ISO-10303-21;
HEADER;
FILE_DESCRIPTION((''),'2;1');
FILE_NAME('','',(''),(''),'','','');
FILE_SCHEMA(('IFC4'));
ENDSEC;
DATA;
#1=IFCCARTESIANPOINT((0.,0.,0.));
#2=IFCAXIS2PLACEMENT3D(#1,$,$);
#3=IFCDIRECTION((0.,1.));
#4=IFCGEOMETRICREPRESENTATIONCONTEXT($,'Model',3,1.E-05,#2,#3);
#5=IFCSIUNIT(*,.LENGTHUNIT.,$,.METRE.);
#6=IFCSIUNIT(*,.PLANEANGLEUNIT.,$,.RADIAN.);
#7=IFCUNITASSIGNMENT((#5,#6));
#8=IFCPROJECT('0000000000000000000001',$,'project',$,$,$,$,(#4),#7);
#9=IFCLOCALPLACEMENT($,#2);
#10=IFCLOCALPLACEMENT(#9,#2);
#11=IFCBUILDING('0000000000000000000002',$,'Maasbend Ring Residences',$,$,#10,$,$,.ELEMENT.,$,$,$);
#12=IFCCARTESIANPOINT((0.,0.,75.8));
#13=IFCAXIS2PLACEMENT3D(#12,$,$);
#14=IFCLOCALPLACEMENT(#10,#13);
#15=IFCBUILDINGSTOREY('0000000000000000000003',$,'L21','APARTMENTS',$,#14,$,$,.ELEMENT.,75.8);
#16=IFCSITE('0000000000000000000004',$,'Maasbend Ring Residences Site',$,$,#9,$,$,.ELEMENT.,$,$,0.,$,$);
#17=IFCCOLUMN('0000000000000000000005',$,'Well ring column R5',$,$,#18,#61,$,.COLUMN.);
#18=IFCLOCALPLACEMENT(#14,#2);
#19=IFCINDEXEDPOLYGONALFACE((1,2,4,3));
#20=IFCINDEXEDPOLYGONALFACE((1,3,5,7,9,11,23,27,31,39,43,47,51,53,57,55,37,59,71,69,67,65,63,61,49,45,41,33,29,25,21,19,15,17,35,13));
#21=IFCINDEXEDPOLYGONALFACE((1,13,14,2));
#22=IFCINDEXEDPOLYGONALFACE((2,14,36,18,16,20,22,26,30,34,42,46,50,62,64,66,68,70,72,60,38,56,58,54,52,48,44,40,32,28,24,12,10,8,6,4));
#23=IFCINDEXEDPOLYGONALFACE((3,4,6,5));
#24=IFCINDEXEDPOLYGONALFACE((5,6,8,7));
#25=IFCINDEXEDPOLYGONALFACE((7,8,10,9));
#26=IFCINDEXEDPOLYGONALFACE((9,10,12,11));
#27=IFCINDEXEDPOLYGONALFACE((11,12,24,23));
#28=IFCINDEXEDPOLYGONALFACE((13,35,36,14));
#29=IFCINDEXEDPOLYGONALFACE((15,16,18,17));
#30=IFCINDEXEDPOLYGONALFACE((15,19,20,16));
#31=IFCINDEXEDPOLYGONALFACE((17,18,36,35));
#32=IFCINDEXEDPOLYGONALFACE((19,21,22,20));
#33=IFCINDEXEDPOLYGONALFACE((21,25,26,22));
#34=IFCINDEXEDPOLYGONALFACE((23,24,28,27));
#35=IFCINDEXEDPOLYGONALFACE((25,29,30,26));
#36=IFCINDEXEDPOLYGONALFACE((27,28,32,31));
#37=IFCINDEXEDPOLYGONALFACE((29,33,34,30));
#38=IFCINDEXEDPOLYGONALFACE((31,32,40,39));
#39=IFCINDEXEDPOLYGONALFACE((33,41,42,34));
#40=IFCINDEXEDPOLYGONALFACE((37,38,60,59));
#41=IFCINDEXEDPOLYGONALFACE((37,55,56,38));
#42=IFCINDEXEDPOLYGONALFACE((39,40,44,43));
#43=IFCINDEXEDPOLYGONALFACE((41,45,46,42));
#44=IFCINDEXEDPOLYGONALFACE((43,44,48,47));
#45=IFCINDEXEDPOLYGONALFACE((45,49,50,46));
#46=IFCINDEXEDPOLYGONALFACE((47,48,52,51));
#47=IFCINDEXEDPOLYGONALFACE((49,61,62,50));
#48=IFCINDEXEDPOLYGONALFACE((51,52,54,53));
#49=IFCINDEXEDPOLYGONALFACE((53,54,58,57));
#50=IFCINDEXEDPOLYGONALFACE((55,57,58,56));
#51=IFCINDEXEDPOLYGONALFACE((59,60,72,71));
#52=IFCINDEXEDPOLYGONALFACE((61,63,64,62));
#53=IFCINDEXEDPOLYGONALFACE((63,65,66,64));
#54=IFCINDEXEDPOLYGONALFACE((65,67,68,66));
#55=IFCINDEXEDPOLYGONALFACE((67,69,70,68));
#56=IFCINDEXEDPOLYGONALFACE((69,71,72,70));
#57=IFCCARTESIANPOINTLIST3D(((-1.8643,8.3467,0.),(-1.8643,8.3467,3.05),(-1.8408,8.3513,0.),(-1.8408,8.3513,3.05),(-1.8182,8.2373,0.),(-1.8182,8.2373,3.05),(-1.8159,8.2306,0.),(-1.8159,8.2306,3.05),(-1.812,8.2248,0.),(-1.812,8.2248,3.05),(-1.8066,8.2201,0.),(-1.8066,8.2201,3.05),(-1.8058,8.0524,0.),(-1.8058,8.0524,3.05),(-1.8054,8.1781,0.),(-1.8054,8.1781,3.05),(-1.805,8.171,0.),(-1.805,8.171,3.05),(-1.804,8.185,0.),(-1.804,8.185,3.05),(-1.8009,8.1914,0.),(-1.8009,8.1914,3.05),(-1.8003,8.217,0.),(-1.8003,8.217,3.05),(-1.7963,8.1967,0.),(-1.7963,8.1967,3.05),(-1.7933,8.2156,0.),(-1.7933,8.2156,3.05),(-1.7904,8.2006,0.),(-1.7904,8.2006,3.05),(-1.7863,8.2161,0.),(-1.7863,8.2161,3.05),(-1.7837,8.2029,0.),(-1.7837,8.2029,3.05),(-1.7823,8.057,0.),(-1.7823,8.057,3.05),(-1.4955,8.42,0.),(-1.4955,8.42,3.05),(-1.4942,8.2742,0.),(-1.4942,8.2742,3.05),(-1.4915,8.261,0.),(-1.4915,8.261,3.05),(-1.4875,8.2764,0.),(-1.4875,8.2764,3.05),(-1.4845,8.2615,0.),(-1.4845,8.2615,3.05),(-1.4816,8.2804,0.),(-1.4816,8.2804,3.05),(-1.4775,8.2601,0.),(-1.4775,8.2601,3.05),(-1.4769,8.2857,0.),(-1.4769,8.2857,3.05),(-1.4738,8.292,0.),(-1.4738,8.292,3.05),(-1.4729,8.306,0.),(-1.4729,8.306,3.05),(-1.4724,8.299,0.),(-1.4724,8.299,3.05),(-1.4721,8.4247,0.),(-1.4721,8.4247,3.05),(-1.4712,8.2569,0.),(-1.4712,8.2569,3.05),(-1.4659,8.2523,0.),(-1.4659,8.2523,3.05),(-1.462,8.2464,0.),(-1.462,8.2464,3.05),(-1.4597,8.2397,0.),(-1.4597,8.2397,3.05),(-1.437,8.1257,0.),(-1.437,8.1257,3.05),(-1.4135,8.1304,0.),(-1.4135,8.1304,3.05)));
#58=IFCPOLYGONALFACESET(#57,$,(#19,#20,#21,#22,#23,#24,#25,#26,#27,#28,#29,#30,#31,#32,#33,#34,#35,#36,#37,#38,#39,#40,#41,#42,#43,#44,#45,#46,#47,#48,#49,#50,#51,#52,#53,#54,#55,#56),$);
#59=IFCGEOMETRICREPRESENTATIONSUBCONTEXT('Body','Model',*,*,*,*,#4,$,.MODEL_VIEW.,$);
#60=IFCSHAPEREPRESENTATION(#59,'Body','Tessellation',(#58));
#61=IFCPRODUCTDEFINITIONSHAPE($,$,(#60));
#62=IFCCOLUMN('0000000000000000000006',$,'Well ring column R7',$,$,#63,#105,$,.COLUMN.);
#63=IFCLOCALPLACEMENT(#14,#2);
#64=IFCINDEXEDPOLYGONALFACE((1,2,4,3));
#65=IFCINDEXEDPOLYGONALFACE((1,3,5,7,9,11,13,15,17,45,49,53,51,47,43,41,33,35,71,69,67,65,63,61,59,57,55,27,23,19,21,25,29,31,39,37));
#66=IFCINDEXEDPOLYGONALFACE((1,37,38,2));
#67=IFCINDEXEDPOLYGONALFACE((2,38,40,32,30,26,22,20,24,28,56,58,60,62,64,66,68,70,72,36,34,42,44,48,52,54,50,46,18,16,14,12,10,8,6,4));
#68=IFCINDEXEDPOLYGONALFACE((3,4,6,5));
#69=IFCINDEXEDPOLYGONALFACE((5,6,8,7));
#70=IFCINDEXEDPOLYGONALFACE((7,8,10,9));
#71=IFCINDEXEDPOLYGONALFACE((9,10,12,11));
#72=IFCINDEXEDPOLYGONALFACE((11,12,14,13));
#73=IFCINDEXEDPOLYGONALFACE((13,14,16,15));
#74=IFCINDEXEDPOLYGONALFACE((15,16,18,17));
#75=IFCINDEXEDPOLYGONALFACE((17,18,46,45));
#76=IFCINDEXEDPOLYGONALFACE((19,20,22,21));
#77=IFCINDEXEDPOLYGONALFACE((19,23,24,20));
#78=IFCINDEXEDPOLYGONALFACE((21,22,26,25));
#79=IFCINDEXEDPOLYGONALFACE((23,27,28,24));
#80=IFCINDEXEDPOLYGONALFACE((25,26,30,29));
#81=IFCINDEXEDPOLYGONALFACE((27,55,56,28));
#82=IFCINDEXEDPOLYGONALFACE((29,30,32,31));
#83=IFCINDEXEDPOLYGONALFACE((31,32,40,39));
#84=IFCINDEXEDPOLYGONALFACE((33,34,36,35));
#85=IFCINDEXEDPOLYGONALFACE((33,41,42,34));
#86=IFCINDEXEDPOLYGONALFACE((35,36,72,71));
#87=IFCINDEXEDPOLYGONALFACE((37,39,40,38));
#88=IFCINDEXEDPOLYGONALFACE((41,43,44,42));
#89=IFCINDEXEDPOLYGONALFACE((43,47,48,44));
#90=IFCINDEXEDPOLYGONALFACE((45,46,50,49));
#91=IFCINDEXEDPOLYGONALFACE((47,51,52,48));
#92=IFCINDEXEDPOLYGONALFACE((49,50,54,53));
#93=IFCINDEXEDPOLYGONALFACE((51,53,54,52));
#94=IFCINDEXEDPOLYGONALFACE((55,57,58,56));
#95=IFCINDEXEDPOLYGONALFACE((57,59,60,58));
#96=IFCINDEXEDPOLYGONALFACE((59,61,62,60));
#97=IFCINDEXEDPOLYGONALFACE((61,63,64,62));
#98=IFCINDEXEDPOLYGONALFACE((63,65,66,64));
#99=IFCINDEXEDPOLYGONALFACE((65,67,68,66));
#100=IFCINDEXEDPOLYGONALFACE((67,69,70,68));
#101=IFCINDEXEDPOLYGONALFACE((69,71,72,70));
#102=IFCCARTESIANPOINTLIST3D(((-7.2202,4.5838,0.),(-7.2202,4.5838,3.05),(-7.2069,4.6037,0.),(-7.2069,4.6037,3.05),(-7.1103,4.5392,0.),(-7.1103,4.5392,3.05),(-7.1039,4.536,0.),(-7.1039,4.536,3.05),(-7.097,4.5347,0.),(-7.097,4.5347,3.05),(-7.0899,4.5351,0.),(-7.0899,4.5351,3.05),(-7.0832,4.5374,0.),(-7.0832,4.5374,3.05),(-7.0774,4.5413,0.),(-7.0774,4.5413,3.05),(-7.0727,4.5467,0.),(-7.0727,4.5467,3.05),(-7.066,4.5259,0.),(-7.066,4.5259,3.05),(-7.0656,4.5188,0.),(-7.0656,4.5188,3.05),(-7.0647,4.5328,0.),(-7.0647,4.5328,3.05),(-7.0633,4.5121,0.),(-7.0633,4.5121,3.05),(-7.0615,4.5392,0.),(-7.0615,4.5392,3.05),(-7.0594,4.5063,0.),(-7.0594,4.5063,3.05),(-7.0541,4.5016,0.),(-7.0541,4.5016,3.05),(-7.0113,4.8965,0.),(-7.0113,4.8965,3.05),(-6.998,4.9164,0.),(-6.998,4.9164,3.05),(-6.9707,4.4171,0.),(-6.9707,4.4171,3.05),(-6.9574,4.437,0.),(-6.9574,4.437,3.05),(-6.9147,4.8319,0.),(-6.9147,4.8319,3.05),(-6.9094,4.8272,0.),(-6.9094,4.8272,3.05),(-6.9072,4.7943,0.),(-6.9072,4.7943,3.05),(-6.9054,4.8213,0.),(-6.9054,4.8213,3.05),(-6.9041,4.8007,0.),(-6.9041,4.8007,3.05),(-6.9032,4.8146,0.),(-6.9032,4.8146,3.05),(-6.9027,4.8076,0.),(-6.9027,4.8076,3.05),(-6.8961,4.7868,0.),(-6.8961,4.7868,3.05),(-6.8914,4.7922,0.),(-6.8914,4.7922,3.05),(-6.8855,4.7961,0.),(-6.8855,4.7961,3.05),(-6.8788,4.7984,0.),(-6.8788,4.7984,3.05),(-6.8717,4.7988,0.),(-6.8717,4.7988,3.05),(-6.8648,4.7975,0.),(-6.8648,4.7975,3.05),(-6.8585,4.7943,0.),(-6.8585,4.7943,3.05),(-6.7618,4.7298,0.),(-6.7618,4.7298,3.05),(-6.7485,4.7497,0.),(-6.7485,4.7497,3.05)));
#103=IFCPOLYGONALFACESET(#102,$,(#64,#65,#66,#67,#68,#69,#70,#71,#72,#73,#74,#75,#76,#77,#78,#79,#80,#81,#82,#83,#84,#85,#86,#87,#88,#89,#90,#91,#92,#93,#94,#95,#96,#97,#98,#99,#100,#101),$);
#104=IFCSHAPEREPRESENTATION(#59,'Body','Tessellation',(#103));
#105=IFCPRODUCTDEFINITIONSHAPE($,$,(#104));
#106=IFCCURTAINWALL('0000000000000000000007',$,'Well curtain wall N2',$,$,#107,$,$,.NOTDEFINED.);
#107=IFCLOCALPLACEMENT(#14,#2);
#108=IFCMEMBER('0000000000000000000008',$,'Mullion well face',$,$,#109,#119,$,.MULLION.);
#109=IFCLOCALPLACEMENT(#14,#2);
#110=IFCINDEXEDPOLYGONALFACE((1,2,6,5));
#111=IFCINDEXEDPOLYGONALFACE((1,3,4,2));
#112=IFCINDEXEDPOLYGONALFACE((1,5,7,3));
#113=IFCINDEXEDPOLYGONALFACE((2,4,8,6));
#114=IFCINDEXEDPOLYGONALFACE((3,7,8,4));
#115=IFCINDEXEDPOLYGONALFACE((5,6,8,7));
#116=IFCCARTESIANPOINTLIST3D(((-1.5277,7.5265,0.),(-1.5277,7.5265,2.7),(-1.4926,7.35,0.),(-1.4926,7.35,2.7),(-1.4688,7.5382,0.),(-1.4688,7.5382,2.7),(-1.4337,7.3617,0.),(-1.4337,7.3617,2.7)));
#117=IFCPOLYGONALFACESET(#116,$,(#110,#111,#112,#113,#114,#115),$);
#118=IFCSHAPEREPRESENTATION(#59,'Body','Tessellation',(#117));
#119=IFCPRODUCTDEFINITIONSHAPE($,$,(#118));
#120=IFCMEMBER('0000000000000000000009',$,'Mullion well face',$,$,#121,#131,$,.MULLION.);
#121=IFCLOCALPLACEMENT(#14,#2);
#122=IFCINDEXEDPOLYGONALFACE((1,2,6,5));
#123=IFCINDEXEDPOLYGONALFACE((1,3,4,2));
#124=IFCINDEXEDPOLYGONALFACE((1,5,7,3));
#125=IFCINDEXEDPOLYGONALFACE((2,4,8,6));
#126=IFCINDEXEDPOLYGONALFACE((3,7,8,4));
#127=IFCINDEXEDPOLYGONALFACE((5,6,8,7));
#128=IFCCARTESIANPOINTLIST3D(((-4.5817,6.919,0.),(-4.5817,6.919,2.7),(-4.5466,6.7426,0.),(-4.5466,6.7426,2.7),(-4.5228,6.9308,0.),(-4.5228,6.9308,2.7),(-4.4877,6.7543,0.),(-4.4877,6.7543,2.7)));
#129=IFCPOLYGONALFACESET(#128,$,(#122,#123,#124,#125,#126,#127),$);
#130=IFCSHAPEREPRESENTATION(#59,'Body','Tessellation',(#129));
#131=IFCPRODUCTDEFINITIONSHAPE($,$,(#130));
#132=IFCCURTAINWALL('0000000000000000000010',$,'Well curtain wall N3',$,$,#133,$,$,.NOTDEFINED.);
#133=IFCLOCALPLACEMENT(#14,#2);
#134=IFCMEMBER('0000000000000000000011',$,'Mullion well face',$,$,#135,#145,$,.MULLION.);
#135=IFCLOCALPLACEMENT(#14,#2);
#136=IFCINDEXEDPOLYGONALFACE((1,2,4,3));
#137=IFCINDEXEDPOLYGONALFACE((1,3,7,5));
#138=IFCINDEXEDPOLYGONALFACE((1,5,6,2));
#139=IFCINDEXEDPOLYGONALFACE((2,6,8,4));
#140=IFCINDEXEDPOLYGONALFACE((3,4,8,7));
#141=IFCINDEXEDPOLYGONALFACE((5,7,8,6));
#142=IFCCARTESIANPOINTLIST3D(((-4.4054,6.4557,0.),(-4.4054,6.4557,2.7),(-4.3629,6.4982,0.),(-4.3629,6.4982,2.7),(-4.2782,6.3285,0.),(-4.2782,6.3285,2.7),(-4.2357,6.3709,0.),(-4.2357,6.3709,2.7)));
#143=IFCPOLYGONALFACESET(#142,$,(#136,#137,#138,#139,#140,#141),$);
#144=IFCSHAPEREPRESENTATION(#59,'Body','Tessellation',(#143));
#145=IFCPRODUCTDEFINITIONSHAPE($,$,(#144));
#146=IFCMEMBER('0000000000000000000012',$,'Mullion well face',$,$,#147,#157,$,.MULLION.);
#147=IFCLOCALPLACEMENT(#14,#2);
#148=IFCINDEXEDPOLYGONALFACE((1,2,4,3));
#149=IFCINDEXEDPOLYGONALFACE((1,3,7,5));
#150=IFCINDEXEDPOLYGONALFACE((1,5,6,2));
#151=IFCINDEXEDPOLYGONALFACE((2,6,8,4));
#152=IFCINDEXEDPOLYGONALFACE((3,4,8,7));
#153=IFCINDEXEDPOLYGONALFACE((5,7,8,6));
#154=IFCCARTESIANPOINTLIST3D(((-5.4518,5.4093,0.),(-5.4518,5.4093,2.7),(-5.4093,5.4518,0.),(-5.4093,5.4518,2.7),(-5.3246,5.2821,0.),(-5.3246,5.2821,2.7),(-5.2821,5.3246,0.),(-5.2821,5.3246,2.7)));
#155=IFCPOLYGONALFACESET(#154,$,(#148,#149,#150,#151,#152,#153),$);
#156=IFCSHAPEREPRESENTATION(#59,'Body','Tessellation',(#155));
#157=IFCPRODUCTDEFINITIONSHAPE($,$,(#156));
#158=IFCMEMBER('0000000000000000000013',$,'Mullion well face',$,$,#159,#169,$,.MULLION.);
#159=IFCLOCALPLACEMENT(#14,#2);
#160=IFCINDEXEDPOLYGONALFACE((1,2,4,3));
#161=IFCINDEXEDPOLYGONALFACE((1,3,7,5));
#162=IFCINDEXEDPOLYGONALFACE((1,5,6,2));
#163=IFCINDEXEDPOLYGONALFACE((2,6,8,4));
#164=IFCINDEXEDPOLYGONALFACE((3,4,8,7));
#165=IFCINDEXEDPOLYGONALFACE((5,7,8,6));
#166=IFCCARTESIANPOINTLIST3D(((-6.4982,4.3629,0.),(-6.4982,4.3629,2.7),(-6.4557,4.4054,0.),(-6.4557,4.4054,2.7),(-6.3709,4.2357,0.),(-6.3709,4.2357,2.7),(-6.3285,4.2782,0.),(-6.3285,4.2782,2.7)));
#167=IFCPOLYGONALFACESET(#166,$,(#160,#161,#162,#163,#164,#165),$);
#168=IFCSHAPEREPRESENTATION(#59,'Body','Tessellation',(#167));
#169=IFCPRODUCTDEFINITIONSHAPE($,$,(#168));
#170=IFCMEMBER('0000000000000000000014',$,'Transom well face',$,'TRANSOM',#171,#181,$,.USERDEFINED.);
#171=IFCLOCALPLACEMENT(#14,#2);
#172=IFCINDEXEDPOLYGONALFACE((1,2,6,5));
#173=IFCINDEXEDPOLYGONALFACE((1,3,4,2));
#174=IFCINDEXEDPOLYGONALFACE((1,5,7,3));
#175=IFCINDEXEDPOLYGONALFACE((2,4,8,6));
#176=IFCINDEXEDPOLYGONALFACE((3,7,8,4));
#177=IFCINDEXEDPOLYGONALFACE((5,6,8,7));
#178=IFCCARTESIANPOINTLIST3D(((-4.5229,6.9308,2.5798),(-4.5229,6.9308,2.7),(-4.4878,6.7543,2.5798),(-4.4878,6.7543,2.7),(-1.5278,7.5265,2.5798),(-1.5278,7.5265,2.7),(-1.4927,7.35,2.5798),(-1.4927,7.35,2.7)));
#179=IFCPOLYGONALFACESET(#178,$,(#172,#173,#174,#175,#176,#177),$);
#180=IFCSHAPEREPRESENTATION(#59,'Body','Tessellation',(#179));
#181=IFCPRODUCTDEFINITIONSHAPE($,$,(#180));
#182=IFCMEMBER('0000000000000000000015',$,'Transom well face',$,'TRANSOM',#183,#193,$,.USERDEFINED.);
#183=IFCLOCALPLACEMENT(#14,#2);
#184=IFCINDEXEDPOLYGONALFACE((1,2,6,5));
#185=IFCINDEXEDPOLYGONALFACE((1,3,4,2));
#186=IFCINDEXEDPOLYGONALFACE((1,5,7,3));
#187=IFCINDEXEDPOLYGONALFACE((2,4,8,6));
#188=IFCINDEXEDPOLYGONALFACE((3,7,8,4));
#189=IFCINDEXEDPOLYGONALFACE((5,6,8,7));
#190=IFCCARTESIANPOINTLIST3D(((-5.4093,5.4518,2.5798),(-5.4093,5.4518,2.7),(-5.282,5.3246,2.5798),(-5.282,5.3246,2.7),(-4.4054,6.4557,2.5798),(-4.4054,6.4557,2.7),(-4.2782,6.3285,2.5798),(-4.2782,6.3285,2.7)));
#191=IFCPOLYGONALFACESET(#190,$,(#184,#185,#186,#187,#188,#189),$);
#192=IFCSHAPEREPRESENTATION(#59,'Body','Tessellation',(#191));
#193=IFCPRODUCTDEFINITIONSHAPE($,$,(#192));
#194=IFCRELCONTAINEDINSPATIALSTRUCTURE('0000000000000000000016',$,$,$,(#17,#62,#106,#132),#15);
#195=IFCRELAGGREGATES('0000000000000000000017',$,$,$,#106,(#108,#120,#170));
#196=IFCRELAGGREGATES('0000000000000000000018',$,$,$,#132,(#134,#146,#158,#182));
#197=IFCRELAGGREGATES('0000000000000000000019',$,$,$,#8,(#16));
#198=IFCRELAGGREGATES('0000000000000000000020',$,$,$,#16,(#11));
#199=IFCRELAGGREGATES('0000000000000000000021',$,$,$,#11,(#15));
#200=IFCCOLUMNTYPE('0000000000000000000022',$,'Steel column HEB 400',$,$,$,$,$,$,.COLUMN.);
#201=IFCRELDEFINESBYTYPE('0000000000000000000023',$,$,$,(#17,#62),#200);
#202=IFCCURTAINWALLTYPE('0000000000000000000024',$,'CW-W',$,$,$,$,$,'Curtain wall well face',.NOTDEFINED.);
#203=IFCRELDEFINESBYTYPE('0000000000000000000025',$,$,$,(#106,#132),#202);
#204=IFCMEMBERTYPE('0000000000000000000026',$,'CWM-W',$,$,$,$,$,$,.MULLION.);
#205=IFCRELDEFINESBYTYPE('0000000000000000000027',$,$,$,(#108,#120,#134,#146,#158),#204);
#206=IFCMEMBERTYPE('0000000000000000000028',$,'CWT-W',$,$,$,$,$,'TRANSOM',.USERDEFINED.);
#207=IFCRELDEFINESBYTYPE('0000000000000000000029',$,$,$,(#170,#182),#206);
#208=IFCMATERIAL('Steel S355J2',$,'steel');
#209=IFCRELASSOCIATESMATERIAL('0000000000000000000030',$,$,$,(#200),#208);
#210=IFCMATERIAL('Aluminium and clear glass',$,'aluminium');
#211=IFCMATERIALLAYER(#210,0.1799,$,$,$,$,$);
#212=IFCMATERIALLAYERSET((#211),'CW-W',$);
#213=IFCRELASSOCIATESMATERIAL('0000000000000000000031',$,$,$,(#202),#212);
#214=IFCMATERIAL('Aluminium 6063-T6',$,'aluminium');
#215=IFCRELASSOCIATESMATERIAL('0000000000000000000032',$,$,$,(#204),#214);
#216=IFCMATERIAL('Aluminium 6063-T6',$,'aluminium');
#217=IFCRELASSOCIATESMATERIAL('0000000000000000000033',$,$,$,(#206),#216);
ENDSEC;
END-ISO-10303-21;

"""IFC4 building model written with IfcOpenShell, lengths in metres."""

from ifc_helpers import new_model, si_unit, direction, frame, origin, origin_2d, place, context, subcontext, project, spatial, rectangle, i_section, extrude, material, layer, layer_set, material_profile, profile_set, type_object, element, aggregate, save


model = new_model("IFC4")

# Units and contexts
model_context = context("Model", 3, precision=1e-05, world=origin(), true_north=direction((0.0, 1.0)))
body_context = subcontext(model_context, "Body", "Model", "MODEL_VIEW")
ifc_project = project(units=[si_unit("LENGTHUNIT", "METRE"), si_unit("PLANEANGLEUNIT", "RADIAN")], contexts=[model_context])

# Site, building, storey
site_placement = place(None, origin())
site = spatial("IfcSite", under=ifc_project, at=site_placement, Name="Maasbend Ring Residences Site", CompositionType="ELEMENT", RefElevation=0.0)
building_placement = place(site_placement, origin())
building = spatial("IfcBuilding", under=site, at=building_placement, Name="Maasbend Ring Residences", CompositionType="ELEMENT")
storey_placement = place(building_placement, frame((0.0, 0.0, 75.8)))
storey = spatial("IfcBuildingStorey", under=building, at=storey_placement, Name="L21", Description="APARTMENTS", CompositionType="ELEMENT", Elevation=75.8)

# Columns
ifc_material_1 = material(Name="Steel S355J2", Category="steel")
ifc_material_profile_1 = material_profile(ifc_material_1, i_section(OverallWidth=0.3, OverallDepth=0.3999, WebThickness=0.0134, FlangeThickness=0.0239, FilletRadius=0.0271, at=origin_2d()), Name="HEB 400")
ifc_profile_set_1 = profile_set([ifc_material_profile_1], Name="Steel S355J2")
column_type = type_object("IfcColumnType", Name="Steel column HEB 400", PredefinedType="COLUMN", material=ifc_profile_set_1)
for number, where, z_axis, x_axis, name in (
    (1, (-1.6389, 8.2385, 0.0), (0.0, 0.0, 1.0), (-0.19509, 0.980785, 0.0), "Well ring column R5"),
    (2, (-6.9844, 4.6667, 0.0), (0.0, 0.0, 1.0), (-0.83147, 0.55557, 0.0), "Well ring column R7"),
):
    element("IfcColumn", number, at=place(storey_placement, frame(where, z_axis=z_axis, x_axis=x_axis)), inside=storey, type_object=column_type, Name=name, PredefinedType="COLUMN", context=body_context, shape_type="SweptSolid", body=[
        extrude(i_section(OverallWidth=0.3, OverallDepth=0.3999, WebThickness=0.0134, FlangeThickness=0.0239, FilletRadius=0.0271, at=origin_2d()), origin(), (0.0, 0.0, 1.0), 3.05),
    ])

# Curtain walls, members
ifc_material_2 = material(Name="Aluminium and clear glass", Category="aluminium")
ifc_layer_1 = layer(ifc_material_2, 0.1799)
ifc_layer_set_1 = layer_set([ifc_layer_1], Name="CW-W")
curtain_wall_type = type_object("IfcCurtainWallType", Name="CW-W", ElementType="Curtain wall well face", PredefinedType="NOTDEFINED", material=ifc_layer_set_1)
curtain_wall_1_placement = place(storey_placement, origin())
curtain_wall_1 = element("IfcCurtainWall", 3, at=curtain_wall_1_placement, inside=storey, type_object=curtain_wall_type, Name="Well curtain wall N2", PredefinedType="NOTDEFINED")
ifc_material_3 = material(Name="Aluminium 6063-T6", Category="aluminium")
ifc_material_profile_2 = material_profile(ifc_material_3, rectangle(XDim=0.1799, YDim=0.0601, at=origin_2d()), Name="AL 180x60")
ifc_profile_set_2 = profile_set([ifc_material_profile_2], Name="Aluminium 6063-T6")
member_type_1 = type_object("IfcMemberType", Name="CWM-W", PredefinedType="MULLION", material=ifc_profile_set_2)
member_1_placement = place(storey_placement, frame((-1.4807, 7.4441, 0.0), z_axis=(0.0, 0.0, 1.0), x_axis=(0.19509, -0.980785, 0.0)))
member_1 = element("IfcMember", 4, at=member_1_placement, type_object=member_type_1, Name="Mullion well face", PredefinedType="MULLION", context=body_context, shape_type="SweptSolid", body=[
    extrude(rectangle(XDim=0.1799, YDim=0.0601, at=origin_2d()), origin(), (0.0, 0.0, 1.0), 2.7),
])
member_2_placement = place(storey_placement, frame((-4.5347, 6.8367, 0.0), z_axis=(0.0, 0.0, 1.0), x_axis=(0.19509, -0.980785, 0.0)))
member_2 = element("IfcMember", 5, at=member_2_placement, type_object=member_type_1, Name="Mullion well face", PredefinedType="MULLION", context=body_context, shape_type="SweptSolid", body=[
    extrude(rectangle(XDim=0.1799, YDim=0.0601, at=origin_2d()), origin(), (0.0, 0.0, 1.0), 2.7),
])
curtain_wall_2_placement = place(storey_placement, origin())
curtain_wall_2 = element("IfcCurtainWall", 6, at=curtain_wall_2_placement, inside=storey, type_object=curtain_wall_type, Name="Well curtain wall N3", PredefinedType="NOTDEFINED")
member_3_placement = place(storey_placement, frame((-4.3206, 6.4133, 0.0), z_axis=(0.0, 0.0, 1.0), x_axis=(0.707107, -0.707107, 0.0)))
member_3 = element("IfcMember", 7, at=member_3_placement, type_object=member_type_1, Name="Mullion well face", PredefinedType="MULLION", context=body_context, shape_type="SweptSolid", body=[
    extrude(rectangle(XDim=0.1799, YDim=0.0601, at=origin_2d()), origin(), (0.0, 0.0, 1.0), 2.7),
])
member_4_placement = place(storey_placement, frame((-5.3669, 5.3669, 0.0), z_axis=(0.0, 0.0, 1.0), x_axis=(0.707107, -0.707107, 0.0)))
member_4 = element("IfcMember", 8, at=member_4_placement, type_object=member_type_1, Name="Mullion well face", PredefinedType="MULLION", context=body_context, shape_type="SweptSolid", body=[
    extrude(rectangle(XDim=0.1799, YDim=0.0601, at=origin_2d()), origin(), (0.0, 0.0, 1.0), 2.7),
])
member_5_placement = place(storey_placement, frame((-6.4133, 4.3206, 0.0), z_axis=(0.0, 0.0, 1.0), x_axis=(0.707107, -0.707107, 0.0)))
member_5 = element("IfcMember", 9, at=member_5_placement, type_object=member_type_1, Name="Mullion well face", PredefinedType="MULLION", context=body_context, shape_type="SweptSolid", body=[
    extrude(rectangle(XDim=0.1799, YDim=0.0601, at=origin_2d()), origin(), (0.0, 0.0, 1.0), 2.7),
])

# Members
ifc_material_4 = material(Name="Aluminium 6063-T6", Category="aluminium")
ifc_material_profile_3 = material_profile(ifc_material_4, rectangle(XDim=0.1799, YDim=0.1201, at=origin_2d()), Name="AL 180x120")
ifc_profile_set_3 = profile_set([ifc_material_profile_3], Name="Aluminium 6063-T6")
member_type_2 = type_object("IfcMemberType", Name="CWT-W", ElementType="TRANSOM", PredefinedType="USERDEFINED", material=ifc_profile_set_3)
member_6_placement = place(storey_placement, frame((-1.5103, 7.4382, 2.6399), z_axis=(-0.980789, -0.195071, 0.0), x_axis=(0.195071, -0.980789, 0.0)))
member_6 = element("IfcMember", 10, at=member_6_placement, type_object=member_type_2, Name="Transom well face", ObjectType="TRANSOM", PredefinedType="USERDEFINED", context=body_context, shape_type="SweptSolid", body=[
    extrude(rectangle(XDim=0.1799, YDim=0.1201, at=origin_2d()), origin(), (0.0, 0.0, 1.0), 3.0537),
])
member_7_placement = place(storey_placement, frame((-4.3418, 6.3921, 2.6399), z_axis=(-0.707107, -0.707107, 0.0), x_axis=(0.707107, -0.707107, 0.0)))
member_7 = element("IfcMember", 11, at=member_7_placement, type_object=member_type_2, Name="Transom well face", ObjectType="TRANSOM", PredefinedType="USERDEFINED", context=body_context, shape_type="SweptSolid", body=[
    extrude(rectangle(XDim=0.1799, YDim=0.1201, at=origin_2d()), origin(), (0.0, 0.0, 1.0), 1.4197),
])

aggregate(curtain_wall_1, [member_1, member_2, member_6])
aggregate(curtain_wall_2, [member_3, member_4, member_5, member_7])

save(model, "model.ifc")
